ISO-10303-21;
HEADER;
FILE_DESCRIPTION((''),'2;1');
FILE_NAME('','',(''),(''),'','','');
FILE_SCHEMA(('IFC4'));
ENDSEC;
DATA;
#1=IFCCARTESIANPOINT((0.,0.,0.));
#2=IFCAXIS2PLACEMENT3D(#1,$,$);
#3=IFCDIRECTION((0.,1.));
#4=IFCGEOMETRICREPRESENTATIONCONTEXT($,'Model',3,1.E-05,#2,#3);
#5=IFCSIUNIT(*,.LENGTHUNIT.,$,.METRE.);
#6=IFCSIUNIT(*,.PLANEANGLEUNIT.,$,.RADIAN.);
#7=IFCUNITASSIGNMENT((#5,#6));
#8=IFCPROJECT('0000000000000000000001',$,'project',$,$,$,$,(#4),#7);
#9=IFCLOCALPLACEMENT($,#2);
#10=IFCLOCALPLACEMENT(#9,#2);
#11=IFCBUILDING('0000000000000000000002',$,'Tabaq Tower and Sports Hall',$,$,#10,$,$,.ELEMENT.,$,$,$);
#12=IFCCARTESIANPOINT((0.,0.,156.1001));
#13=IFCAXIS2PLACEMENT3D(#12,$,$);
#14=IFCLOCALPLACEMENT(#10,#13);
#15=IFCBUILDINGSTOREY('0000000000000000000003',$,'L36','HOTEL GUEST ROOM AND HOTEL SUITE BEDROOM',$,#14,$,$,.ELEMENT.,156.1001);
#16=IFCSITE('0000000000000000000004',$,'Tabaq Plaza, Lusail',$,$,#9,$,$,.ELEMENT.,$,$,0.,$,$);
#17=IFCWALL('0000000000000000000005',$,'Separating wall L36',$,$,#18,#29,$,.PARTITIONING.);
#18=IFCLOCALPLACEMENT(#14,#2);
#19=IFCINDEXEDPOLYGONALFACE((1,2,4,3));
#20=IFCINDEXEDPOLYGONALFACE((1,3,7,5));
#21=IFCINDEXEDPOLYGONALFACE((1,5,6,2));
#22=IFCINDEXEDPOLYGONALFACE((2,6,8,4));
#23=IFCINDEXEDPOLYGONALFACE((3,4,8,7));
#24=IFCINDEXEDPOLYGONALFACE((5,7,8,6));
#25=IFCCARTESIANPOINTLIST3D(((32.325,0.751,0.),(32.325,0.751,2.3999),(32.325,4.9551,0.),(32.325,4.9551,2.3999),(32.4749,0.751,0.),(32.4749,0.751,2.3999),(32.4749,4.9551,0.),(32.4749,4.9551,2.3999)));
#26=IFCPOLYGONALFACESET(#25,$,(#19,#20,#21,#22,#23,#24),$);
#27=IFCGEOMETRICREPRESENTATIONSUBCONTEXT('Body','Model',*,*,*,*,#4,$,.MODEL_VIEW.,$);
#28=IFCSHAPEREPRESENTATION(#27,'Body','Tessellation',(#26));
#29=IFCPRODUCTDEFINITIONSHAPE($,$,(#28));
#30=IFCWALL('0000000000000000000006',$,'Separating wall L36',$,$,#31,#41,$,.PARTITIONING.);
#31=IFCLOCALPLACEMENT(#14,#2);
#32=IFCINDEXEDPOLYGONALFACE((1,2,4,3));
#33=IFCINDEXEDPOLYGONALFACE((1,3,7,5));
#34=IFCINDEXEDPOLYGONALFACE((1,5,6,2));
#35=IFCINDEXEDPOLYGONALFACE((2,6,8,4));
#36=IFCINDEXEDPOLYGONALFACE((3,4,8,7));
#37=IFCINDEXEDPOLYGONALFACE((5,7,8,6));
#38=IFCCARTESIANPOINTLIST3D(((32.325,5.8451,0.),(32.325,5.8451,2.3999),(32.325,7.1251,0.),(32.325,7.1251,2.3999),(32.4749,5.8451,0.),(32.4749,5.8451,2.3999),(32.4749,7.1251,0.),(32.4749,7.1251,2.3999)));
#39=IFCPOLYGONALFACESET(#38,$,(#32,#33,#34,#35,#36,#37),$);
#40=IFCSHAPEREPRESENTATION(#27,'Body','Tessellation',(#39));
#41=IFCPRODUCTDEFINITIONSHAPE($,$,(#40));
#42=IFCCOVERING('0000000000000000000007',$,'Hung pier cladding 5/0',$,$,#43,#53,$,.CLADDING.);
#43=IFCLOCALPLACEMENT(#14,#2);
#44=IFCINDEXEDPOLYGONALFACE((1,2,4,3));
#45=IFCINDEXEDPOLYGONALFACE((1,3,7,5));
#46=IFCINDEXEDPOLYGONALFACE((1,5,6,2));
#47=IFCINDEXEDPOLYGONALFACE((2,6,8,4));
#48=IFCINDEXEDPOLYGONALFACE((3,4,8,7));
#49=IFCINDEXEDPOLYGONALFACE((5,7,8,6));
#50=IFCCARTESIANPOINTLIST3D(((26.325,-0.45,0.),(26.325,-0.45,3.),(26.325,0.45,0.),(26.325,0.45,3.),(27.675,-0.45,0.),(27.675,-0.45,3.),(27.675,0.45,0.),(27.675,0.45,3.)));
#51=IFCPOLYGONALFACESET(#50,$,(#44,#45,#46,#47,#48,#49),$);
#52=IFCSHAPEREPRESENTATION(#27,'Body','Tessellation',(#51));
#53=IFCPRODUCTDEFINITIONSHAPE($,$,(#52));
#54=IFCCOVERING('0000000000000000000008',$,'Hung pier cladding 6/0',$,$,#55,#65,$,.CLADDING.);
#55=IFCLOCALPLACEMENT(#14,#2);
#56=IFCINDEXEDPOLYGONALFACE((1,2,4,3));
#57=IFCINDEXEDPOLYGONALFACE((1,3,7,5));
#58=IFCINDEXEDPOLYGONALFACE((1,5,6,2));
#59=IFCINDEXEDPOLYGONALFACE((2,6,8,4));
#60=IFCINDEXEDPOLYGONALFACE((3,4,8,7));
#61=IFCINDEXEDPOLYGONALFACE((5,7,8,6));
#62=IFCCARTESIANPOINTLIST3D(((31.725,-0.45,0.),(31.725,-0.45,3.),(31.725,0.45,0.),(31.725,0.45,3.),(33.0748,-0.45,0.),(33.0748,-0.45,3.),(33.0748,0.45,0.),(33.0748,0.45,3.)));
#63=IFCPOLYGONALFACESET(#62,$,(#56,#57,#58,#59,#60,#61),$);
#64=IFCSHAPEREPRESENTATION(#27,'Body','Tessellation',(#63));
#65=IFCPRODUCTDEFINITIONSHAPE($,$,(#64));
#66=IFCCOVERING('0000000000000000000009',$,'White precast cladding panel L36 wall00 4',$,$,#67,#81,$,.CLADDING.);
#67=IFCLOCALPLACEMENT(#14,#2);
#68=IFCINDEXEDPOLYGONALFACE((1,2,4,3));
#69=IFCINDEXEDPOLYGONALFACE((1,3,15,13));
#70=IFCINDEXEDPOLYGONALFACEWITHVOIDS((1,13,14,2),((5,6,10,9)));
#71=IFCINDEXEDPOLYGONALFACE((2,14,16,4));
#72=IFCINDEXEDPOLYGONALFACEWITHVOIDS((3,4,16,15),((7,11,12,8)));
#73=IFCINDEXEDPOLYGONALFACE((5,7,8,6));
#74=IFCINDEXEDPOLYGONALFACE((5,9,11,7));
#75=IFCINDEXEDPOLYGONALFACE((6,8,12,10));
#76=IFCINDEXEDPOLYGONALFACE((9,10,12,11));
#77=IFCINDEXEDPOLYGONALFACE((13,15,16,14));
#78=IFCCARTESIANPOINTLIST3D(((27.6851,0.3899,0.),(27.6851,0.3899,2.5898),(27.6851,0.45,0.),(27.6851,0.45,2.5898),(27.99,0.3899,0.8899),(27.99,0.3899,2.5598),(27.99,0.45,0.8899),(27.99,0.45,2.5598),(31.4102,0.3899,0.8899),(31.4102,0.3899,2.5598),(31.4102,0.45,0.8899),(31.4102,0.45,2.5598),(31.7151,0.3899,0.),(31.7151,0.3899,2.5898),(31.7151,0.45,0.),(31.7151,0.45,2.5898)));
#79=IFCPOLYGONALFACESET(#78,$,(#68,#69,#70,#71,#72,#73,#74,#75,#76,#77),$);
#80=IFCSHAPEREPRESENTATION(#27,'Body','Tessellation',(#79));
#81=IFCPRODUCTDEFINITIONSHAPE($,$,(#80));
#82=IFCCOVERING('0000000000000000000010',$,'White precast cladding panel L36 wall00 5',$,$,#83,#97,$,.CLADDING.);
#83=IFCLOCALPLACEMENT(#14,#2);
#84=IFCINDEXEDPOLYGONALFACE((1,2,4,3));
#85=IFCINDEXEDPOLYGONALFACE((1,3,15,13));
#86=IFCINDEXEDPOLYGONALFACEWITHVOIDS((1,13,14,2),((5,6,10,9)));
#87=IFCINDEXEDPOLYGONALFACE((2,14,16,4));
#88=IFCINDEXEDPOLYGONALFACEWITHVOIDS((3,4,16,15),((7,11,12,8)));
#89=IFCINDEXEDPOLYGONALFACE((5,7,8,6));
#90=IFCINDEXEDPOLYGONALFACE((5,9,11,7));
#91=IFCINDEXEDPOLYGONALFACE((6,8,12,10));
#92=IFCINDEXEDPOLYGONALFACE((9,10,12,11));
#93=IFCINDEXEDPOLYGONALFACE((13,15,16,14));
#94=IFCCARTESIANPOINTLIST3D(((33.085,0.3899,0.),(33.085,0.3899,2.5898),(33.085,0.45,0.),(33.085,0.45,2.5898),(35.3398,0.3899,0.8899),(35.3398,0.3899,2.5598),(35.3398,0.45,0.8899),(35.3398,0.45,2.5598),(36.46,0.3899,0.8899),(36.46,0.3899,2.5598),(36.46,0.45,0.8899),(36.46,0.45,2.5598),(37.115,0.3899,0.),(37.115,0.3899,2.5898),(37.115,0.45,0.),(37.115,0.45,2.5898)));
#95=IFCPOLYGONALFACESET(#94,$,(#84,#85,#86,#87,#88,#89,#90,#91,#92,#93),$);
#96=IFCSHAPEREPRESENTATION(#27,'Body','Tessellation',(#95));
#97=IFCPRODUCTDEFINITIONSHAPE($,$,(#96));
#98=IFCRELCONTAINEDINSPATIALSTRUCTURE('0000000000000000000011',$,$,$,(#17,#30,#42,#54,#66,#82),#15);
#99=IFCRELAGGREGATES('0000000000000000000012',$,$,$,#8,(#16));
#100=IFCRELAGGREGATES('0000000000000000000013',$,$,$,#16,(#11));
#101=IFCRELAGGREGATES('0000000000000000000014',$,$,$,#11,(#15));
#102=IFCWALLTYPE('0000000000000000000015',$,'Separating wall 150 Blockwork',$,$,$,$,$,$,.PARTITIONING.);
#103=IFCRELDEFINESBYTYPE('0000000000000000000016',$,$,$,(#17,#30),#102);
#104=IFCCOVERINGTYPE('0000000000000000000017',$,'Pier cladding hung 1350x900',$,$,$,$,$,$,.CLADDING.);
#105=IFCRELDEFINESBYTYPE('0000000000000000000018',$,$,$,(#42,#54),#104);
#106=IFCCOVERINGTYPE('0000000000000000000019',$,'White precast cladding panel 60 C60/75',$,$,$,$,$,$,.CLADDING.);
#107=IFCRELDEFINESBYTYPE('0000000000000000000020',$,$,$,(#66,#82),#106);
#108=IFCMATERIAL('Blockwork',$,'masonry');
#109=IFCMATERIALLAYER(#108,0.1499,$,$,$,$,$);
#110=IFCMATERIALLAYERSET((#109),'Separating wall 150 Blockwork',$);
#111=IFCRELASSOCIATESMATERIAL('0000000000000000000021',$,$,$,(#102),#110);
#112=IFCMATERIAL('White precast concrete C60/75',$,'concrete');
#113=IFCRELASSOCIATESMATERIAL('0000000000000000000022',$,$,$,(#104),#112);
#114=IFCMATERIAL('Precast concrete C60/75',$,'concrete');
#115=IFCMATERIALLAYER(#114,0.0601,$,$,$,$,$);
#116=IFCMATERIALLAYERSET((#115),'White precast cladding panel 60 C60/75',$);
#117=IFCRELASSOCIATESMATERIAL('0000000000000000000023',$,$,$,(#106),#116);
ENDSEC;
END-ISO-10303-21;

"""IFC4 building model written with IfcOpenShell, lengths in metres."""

from ifc_helpers import new_model, si_unit, direction, frame, frame_2d, origin, place, context, subcontext, project, spatial, polyline, rectangle, outline, extrude, material, layer, layer_set, type_object, element, save


model = new_model("IFC4")

# Units and contexts
model_context = context("Model", 3, precision=1e-05, world=origin(), true_north=direction((0.0, 1.0)))
body_context = subcontext(model_context, "Body", "Model", "MODEL_VIEW")
ifc_project = project(units=[si_unit("LENGTHUNIT", "METRE"), si_unit("PLANEANGLEUNIT", "RADIAN")], contexts=[model_context])

# Site, building, storey
site_placement = place(None, origin())
site = spatial("IfcSite", under=ifc_project, at=site_placement, Name="Tabaq Plaza, Lusail", CompositionType="ELEMENT", RefElevation=0.0)
building_placement = place(site_placement, origin())
building = spatial("IfcBuilding", under=site, at=building_placement, Name="Tabaq Tower and Sports Hall", CompositionType="ELEMENT")
storey_placement = place(building_placement, frame((0.0, 0.0, 156.1001)))
storey = spatial("IfcBuildingStorey", under=building, at=storey_placement, Name="L36", Description="HOTEL GUEST ROOM AND HOTEL SUITE BEDROOM", CompositionType="ELEMENT", Elevation=156.1001)

# Walls
ifc_material_1 = material(Name="Blockwork", Category="masonry")
ifc_layer_1 = layer(ifc_material_1, 0.1499)
ifc_layer_set_1 = layer_set([ifc_layer_1], Name="Separating wall 150 Blockwork")
wall_type_1 = type_object("IfcWallType", Name="Separating wall 150 Blockwork", PredefinedType="PARTITIONING", material=ifc_layer_set_1)
wall_1_placement = place(storey_placement, frame((32.3999, 0.751, 0.0), z_axis=(0.0, 0.0, 1.0), x_axis=(0.0, 1.0, 0.0)))
element("IfcWall", 1, at=wall_1_placement, inside=storey, type_object=wall_type_1, Name="Separating wall L36", PredefinedType="PARTITIONING", context=body_context, shape_type="SweptSolid", body=[
    extrude(rectangle(XDim=4.2041, YDim=0.1499, at=frame_2d((2.1021, 0.0))), origin(), (0.0, 0.0, 1.0), 2.3999),
])
wall_2_placement = place(storey_placement, frame((32.3999, 5.845, 0.0), z_axis=(0.0, 0.0, 1.0), x_axis=(0.0, 1.0, 0.0)))
element("IfcWall", 2, at=wall_2_placement, inside=storey, type_object=wall_type_1, Name="Separating wall L36", PredefinedType="PARTITIONING", context=body_context, shape_type="SweptSolid", body=[
    extrude(rectangle(XDim=1.28, YDim=0.1499, at=frame_2d((0.6401, 0.0))), origin(), (0.0, 0.0, 1.0), 2.3999),
])

# Coverings
ifc_material_2 = material(Name="White precast concrete C60/75", Category="concrete")
covering_type_1 = type_object("IfcCoveringType", Name="Pier cladding hung 1350x900", PredefinedType="CLADDING", material=ifc_material_2)
covering_1_placement = place(storey_placement, frame((26.325, 0.0, 0.0), z_axis=(0.0, 0.0, 1.0), x_axis=(1.0, 0.0, 0.0)))
element("IfcCovering", 3, at=covering_1_placement, inside=storey, type_object=covering_type_1, Name="Hung pier cladding 5/0", PredefinedType="CLADDING", context=body_context, shape_type="SweptSolid", body=[
    extrude(rectangle(XDim=1.3501, YDim=0.8999, at=frame_2d((0.675, 0.0))), origin(), (0.0, 0.0, 1.0), 3.0),
])
covering_2_placement = place(storey_placement, frame((31.7251, 0.0, 0.0), z_axis=(0.0, 0.0, 1.0), x_axis=(1.0, 0.0, 0.0)))
element("IfcCovering", 4, at=covering_2_placement, inside=storey, type_object=covering_type_1, Name="Hung pier cladding 6/0", PredefinedType="CLADDING", context=body_context, shape_type="SweptSolid", body=[
    extrude(rectangle(XDim=1.3499, YDim=0.8999, at=frame_2d((0.6748, 0.0))), origin(), (0.0, 0.0, 1.0), 3.0),
])
ifc_material_3 = material(Name="Precast concrete C60/75", Category="concrete")
ifc_layer_2 = layer(ifc_material_3, 0.0601)
ifc_layer_set_2 = layer_set([ifc_layer_2], Name="White precast cladding panel 60 C60/75")
covering_type_2 = type_object("IfcCoveringType", Name="White precast cladding panel 60 C60/75", PredefinedType="CLADDING", material=ifc_layer_set_2)
covering_3_placement = place(storey_placement, frame((27.6851, 0.4199, 0.0), z_axis=(0.0, 0.0, 1.0), x_axis=(1.0, 0.0, 0.0)))
element("IfcCovering", 5, at=covering_3_placement, inside=storey, type_object=covering_type_2, Name="White precast cladding panel L36 wall00 4", PredefinedType="CLADDING", context=body_context, shape_type="SweptSolid", body=[
    extrude(outline(polyline([(0.0, 0.0), (4.03, 0.0), (4.03, 2.5898), (0.0, 2.5898), (0.0, 0.0)]), holes=[polyline([(3.7251, 0.8899), (0.3049, 0.8899), (0.3049, 2.5598), (3.7251, 2.5598), (3.7251, 0.8899)])]), frame((0.0, 0.03, 0.0), z_axis=(0.0, -1.0, 0.0), x_axis=(1.0, 0.0, 0.0)), (0.0, 0.0, 1.0), 0.0601),
])
covering_4_placement = place(storey_placement, frame((33.085, 0.4199, 0.0), z_axis=(0.0, 0.0, 1.0), x_axis=(1.0, 0.0, 0.0)))
element("IfcCovering", 6, at=covering_4_placement, inside=storey, type_object=covering_type_2, Name="White precast cladding panel L36 wall00 5", PredefinedType="CLADDING", context=body_context, shape_type="SweptSolid", body=[
    extrude(outline(polyline([(0.0, 0.0), (4.03, 0.0), (4.03, 2.5898), (0.0, 2.5898), (0.0, 0.0)]), holes=[polyline([(3.375, 0.8899), (2.2549, 0.8899), (2.2549, 2.5598), (3.375, 2.5598), (3.375, 0.8899)])]), frame((0.0, 0.03, 0.0), z_axis=(0.0, -1.0, 0.0), x_axis=(1.0, 0.0, 0.0)), (0.0, 0.0, 1.0), 0.0601),
])

save(model, "model.ifc")
